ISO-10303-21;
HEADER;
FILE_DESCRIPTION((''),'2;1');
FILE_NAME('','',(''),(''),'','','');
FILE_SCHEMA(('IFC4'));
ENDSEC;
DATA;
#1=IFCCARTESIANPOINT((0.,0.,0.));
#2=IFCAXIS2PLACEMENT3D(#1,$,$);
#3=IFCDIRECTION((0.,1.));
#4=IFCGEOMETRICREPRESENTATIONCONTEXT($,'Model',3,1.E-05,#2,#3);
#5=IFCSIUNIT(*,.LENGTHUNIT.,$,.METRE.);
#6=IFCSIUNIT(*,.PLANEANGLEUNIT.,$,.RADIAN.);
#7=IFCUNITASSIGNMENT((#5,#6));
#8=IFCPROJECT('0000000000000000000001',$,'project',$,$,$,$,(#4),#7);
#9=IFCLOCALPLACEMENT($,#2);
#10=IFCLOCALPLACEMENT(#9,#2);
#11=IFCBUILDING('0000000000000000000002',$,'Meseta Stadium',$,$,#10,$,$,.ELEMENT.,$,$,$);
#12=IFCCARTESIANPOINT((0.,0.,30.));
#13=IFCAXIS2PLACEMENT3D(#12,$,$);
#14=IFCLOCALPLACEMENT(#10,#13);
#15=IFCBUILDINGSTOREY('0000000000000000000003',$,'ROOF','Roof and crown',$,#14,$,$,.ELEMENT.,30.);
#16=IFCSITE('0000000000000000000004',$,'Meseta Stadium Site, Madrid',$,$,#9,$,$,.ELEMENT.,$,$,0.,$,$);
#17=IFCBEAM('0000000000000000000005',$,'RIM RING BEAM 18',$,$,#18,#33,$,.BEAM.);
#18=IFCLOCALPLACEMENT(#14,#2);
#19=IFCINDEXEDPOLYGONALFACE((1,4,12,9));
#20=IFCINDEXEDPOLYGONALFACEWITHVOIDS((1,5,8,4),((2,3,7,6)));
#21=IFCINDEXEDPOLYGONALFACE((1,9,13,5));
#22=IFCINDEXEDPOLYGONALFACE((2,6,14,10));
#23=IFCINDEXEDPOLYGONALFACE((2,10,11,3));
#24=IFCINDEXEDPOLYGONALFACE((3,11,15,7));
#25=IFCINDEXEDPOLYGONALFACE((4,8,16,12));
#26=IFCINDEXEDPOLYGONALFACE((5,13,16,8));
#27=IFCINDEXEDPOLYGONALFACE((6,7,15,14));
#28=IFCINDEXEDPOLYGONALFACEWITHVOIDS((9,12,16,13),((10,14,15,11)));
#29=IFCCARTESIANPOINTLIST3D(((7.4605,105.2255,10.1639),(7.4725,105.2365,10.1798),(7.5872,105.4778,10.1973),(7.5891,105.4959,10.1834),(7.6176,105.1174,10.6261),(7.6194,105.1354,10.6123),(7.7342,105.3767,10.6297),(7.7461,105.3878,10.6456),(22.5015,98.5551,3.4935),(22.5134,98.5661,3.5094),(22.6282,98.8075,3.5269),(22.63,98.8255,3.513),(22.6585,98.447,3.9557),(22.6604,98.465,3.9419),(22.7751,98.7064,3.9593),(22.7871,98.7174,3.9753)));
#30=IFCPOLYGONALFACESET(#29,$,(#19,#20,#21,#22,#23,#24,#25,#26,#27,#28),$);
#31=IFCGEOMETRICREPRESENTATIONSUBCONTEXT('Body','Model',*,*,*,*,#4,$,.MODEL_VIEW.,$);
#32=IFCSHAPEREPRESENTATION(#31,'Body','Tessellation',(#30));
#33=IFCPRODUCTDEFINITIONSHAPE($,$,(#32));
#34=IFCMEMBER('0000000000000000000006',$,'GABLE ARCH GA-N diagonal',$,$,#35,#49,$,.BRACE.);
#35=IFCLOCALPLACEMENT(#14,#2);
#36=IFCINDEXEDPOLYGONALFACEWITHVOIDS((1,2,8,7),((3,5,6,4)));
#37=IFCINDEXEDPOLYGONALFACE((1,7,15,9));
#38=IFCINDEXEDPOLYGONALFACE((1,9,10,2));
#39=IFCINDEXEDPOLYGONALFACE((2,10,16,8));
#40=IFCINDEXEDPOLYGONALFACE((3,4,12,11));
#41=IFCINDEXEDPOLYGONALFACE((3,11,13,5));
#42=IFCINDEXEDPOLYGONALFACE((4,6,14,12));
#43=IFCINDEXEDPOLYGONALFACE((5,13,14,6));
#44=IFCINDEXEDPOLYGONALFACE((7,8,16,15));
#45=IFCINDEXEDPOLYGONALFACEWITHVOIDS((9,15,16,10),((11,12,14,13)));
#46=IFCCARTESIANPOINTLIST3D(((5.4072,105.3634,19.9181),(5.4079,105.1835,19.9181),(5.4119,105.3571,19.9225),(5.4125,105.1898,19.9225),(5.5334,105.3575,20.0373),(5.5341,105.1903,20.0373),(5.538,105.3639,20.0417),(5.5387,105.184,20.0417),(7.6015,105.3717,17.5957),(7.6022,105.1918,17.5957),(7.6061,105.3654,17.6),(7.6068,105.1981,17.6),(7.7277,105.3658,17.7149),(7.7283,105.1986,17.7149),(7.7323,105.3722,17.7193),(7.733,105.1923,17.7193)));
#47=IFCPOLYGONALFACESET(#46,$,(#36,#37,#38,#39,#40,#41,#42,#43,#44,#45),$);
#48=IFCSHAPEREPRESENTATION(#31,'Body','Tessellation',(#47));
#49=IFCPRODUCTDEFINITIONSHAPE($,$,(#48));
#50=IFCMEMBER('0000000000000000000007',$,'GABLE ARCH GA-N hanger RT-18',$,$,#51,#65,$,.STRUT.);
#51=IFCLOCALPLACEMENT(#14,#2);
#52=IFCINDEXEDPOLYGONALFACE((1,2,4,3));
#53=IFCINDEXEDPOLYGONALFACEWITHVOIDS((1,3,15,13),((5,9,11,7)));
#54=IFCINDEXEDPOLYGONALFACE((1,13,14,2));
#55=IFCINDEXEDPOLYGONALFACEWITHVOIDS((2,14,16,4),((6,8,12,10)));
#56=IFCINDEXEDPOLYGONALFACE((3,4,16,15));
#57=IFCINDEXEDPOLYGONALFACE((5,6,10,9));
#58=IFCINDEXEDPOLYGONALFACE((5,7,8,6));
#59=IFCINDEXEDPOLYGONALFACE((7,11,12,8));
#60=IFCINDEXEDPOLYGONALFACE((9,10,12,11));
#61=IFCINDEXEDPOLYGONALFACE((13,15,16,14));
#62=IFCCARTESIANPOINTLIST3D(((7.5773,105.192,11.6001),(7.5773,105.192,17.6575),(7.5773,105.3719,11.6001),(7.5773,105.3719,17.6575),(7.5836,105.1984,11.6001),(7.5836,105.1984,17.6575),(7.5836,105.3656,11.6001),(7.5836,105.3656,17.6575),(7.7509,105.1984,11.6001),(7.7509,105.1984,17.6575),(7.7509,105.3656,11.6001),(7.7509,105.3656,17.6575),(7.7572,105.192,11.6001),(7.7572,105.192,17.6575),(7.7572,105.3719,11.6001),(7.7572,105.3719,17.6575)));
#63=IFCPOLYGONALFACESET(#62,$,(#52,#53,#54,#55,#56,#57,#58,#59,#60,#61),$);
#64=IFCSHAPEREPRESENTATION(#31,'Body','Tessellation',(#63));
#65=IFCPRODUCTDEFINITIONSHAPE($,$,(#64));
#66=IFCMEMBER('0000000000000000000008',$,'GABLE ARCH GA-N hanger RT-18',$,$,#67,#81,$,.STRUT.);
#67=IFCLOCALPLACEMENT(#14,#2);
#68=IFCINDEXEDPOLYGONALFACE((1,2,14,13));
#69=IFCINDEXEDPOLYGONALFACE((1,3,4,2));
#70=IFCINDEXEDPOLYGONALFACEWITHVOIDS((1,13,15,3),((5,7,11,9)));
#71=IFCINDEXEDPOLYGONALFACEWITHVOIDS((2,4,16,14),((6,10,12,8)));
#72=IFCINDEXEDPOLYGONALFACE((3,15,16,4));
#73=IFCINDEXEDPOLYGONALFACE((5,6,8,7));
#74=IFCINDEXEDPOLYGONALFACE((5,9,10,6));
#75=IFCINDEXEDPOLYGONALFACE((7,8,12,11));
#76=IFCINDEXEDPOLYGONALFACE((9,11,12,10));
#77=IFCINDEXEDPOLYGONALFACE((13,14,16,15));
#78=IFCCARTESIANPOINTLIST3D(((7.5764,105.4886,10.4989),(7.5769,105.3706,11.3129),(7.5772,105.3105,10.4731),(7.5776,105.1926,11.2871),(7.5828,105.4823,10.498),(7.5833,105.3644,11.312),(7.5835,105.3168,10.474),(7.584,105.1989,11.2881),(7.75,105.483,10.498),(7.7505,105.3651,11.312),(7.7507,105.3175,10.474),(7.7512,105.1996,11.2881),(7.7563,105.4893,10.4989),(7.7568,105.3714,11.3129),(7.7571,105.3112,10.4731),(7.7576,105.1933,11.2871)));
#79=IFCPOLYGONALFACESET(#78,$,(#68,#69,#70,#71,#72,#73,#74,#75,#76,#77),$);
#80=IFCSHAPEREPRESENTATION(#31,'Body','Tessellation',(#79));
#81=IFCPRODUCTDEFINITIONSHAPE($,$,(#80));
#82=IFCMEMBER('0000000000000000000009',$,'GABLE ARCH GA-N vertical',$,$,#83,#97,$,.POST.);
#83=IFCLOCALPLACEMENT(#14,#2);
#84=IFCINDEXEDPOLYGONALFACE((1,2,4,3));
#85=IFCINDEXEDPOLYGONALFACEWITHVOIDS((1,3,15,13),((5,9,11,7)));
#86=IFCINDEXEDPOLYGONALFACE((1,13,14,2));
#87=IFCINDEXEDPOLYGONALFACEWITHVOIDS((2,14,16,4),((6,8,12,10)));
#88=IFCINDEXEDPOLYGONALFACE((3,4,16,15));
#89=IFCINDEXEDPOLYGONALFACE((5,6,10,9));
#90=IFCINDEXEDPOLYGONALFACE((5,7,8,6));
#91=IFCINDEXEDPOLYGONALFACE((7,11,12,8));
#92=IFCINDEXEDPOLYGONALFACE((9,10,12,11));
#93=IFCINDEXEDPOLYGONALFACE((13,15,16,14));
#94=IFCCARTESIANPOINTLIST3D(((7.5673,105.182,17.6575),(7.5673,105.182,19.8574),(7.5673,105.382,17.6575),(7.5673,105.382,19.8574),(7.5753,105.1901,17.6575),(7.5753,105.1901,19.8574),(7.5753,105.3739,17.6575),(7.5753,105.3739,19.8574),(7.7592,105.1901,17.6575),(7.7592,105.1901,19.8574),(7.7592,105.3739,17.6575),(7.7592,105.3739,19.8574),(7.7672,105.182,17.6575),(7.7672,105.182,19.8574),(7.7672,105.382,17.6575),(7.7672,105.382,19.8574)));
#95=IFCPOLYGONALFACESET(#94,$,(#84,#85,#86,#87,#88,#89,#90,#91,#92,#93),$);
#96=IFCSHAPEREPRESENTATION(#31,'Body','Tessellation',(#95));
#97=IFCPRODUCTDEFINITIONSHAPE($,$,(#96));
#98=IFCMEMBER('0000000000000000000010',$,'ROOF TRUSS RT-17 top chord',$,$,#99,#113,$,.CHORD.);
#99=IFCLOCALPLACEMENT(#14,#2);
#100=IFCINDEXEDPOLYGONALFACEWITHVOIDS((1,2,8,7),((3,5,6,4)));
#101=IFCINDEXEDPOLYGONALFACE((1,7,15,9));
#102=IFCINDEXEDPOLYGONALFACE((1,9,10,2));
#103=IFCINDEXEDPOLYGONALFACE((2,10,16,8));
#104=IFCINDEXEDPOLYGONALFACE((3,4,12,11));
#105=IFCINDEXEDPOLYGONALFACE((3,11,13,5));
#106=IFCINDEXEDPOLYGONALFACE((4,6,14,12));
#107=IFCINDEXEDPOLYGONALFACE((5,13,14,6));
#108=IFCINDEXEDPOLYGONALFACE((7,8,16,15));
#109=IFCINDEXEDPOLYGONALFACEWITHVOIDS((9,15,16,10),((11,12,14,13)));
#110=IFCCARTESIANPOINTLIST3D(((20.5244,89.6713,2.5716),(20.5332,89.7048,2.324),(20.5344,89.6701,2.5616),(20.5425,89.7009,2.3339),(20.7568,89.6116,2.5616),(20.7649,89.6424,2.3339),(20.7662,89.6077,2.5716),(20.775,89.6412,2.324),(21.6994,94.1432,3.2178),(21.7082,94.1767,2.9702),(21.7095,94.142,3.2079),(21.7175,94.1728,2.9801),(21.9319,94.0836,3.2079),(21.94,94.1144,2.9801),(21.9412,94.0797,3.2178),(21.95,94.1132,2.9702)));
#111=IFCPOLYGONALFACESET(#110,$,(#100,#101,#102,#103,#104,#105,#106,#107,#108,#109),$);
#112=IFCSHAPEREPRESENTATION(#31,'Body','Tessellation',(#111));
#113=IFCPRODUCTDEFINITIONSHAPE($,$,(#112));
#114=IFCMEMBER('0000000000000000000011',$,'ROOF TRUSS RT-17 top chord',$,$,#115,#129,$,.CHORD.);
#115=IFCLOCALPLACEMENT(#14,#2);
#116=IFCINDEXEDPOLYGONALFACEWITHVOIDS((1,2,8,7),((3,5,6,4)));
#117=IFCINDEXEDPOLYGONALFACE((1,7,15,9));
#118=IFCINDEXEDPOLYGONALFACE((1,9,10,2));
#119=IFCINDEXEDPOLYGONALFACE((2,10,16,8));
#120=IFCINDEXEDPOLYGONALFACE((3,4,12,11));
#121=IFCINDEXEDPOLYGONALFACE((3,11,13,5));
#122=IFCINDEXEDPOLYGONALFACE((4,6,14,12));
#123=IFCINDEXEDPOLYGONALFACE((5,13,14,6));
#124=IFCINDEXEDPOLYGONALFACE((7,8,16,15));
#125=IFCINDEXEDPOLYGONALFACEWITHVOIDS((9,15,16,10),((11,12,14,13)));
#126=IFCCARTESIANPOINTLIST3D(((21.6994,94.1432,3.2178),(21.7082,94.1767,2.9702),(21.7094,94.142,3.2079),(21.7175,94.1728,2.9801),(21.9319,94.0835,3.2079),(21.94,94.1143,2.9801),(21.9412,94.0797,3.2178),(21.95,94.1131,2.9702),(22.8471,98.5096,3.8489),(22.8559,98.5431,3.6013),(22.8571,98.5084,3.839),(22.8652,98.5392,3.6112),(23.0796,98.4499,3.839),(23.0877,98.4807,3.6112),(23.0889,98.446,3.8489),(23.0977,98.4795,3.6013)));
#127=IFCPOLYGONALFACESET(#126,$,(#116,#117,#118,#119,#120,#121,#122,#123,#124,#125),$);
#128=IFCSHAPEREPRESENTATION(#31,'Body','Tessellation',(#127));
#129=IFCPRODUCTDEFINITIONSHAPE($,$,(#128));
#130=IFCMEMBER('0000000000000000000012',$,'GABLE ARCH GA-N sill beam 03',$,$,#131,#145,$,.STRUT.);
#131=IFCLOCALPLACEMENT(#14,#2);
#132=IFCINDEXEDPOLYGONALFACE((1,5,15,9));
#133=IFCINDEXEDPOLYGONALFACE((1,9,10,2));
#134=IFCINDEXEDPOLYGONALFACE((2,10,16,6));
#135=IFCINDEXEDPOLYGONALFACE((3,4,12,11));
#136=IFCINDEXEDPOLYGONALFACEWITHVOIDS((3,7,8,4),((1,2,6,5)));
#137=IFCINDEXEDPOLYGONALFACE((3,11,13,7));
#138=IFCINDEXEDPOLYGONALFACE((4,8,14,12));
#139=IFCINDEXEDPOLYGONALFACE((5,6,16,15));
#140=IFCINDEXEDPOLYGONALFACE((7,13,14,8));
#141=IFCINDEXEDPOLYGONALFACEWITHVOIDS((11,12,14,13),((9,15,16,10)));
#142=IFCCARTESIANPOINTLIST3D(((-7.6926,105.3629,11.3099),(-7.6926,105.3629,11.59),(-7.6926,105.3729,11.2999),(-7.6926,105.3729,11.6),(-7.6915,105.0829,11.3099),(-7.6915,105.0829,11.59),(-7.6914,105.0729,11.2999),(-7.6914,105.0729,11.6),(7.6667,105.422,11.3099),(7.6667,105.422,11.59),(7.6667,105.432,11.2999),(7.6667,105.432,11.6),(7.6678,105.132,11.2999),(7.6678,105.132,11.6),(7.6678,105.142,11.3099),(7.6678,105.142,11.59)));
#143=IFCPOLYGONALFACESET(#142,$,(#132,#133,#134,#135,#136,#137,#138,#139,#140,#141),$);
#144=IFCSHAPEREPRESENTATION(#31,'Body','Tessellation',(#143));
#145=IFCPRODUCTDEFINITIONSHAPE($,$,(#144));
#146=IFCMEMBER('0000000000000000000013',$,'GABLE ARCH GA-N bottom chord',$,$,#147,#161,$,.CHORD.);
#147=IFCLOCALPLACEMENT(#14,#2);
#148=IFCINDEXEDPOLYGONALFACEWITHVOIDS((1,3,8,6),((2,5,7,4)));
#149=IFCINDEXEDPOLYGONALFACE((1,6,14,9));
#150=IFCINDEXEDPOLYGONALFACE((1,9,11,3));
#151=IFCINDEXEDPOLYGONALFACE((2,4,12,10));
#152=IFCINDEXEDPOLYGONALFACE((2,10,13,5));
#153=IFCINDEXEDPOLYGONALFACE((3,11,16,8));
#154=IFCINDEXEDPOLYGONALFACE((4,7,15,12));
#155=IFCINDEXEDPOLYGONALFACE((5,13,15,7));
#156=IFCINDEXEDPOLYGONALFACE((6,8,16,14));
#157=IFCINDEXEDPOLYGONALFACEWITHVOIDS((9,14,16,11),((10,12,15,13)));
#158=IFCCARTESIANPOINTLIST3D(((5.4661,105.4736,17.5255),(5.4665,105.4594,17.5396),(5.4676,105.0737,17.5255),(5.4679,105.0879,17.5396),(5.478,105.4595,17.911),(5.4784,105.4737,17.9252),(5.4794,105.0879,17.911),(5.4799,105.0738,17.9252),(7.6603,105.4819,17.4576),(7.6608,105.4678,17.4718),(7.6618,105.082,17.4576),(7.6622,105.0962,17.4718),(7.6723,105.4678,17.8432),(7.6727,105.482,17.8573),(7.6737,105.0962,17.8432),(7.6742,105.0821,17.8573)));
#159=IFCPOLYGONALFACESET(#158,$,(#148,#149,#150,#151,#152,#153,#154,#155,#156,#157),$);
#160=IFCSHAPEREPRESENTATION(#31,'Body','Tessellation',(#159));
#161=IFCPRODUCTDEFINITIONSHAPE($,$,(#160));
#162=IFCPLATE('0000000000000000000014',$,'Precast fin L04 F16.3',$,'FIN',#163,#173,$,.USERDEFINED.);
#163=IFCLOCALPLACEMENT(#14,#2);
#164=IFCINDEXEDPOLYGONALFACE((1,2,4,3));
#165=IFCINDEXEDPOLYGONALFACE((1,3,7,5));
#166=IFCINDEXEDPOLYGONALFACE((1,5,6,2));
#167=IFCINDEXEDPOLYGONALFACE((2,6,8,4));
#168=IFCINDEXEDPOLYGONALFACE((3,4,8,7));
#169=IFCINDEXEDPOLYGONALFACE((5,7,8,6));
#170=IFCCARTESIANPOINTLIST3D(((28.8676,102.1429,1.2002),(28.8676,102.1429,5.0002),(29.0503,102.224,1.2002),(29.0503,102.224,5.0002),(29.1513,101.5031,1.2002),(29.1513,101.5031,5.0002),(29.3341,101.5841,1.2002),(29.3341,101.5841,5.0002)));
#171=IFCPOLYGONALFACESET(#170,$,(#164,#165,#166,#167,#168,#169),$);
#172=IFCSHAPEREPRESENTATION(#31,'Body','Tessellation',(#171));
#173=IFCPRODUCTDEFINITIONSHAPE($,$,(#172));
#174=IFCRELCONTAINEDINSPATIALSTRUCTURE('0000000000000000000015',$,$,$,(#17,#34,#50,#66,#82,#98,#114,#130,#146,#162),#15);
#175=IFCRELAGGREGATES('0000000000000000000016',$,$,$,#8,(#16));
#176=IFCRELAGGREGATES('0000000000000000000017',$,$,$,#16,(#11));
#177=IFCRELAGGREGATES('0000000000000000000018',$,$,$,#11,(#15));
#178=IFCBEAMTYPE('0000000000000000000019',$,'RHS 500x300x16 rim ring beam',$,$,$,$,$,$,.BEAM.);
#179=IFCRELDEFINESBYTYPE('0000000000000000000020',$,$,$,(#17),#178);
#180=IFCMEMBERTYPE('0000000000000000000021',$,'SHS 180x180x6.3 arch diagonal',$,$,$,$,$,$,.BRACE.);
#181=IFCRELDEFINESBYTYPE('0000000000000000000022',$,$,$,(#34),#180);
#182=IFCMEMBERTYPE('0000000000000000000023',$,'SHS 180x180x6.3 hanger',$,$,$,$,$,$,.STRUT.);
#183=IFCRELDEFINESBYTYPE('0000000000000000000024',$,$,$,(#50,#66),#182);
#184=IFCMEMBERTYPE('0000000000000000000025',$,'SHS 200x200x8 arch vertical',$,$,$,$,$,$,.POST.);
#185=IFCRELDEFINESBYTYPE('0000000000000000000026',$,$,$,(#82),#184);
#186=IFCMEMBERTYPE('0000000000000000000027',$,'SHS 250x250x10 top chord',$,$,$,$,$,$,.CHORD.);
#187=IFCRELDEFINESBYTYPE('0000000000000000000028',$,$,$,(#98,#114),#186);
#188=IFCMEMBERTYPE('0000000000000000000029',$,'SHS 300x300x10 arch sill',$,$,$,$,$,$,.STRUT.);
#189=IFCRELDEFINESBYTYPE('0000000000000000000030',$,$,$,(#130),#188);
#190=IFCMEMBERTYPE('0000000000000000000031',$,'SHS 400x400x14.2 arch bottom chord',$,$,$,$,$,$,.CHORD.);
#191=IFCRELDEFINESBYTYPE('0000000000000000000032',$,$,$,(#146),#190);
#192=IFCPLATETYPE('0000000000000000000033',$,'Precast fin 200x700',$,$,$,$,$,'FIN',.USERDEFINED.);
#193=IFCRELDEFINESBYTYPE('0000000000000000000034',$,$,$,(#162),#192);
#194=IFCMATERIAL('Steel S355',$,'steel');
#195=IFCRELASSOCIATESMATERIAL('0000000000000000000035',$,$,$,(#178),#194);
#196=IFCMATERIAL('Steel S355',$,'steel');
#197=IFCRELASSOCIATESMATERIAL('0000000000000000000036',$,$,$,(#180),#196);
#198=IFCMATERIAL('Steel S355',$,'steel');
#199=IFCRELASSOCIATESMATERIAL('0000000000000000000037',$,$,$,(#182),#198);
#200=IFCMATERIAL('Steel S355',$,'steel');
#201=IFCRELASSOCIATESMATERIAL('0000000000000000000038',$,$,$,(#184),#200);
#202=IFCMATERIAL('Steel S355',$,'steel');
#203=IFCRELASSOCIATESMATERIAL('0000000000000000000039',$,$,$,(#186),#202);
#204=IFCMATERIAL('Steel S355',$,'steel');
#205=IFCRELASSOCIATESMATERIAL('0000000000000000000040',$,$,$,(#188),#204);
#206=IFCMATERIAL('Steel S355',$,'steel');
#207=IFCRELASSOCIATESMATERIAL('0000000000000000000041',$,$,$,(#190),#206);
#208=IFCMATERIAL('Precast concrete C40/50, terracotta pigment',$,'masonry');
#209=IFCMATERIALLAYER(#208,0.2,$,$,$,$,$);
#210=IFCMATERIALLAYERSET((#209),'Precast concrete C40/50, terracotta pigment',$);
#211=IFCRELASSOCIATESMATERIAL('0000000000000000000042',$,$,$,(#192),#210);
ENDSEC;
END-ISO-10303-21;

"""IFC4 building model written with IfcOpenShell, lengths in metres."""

from ifc_helpers import new_model, si_unit, direction, frame, origin, origin_2d, place, context, subcontext, project, spatial, rectangle, hollow_rectangle, extrude, material, layer, layer_set, material_profile, profile_set, type_object, element, save


model = new_model("IFC4")

# Units and contexts
model_context = context("Model", 3, precision=1e-05, world=origin(), true_north=direction((0.0, 1.0)))
body_context = subcontext(model_context, "Body", "Model", "MODEL_VIEW")
ifc_project = project(units=[si_unit("LENGTHUNIT", "METRE"), si_unit("PLANEANGLEUNIT", "RADIAN")], contexts=[model_context])

# Site, building, storey
site_placement = place(None, origin())
site = spatial("IfcSite", under=ifc_project, at=site_placement, Name="Meseta Stadium Site, Madrid", CompositionType="ELEMENT", RefElevation=0.0)
building_placement = place(site_placement, origin())
building = spatial("IfcBuilding", under=site, at=building_placement, Name="Meseta Stadium", CompositionType="ELEMENT")
storey_placement = place(building_placement, frame((0.0, 0.0, 30.0)))
storey = spatial("IfcBuildingStorey", under=building, at=storey_placement, Name="ROOF", Description="Roof and crown", CompositionType="ELEMENT", Elevation=30.0)

# Beam
ifc_material_1 = material(Name="Steel S355", Category="steel")
ifc_material_profile_1 = material_profile(ifc_material_1, hollow_rectangle(XDim=0.3, YDim=0.5, WallThickness=0.0161, at=origin_2d()), Name="RHS 500x300x16")
ifc_profile_set_1 = profile_set([ifc_material_profile_1], Name="Steel S355")
beam_type = type_object("IfcBeamType", Name="RHS 500x300x16 rim ring beam", PredefinedType="BEAM", material=ifc_profile_set_1)
beam_placement = place(storey_placement, frame((22.6443, 98.6362, 3.7344), z_axis=(-0.847168, 0.375703, 0.375703), x_axis=(-0.428529, -0.901179, -0.065106)))
element("IfcBeam", 1, at=beam_placement, inside=storey, type_object=beam_type, Name="RIM RING BEAM 18", PredefinedType="BEAM", context=body_context, shape_type="SweptSolid", body=[
    extrude(hollow_rectangle(XDim=0.3, YDim=0.5, WallThickness=0.0161, at=origin_2d()), origin(), (0.0, 0.0, 1.0), 17.7544),
])

# Members
ifc_material_2 = material(Name="Steel S355", Category="steel")
ifc_material_profile_2 = material_profile(ifc_material_2, hollow_rectangle(XDim=0.1799, YDim=0.1799, WallThickness=0.0063, at=origin_2d()), Name="SHS 180x180x6.3")
ifc_profile_set_2 = profile_set([ifc_material_profile_2], Name="Steel S355")
member_type_1 = type_object("IfcMemberType", Name="SHS 180x180x6.3 arch diagonal", PredefinedType="BRACE", material=ifc_profile_set_2)
member_1_placement = place(storey_placement, frame((7.6672, 105.282, 17.6575), z_axis=(-0.686763, -0.002598, 0.726877), x_axis=(0.003783, -0.999993, 0.0)))
element("IfcMember", 2, at=member_1_placement, inside=storey, type_object=member_type_1, Name="GABLE ARCH GA-N diagonal", PredefinedType="BRACE", context=body_context, shape_type="SweptSolid", body=[
    extrude(hollow_rectangle(XDim=0.1799, YDim=0.1799, WallThickness=0.0063, at=origin_2d()), origin(), (0.0, 0.0, 1.0), 3.1951),
])
ifc_material_3 = material(Name="Steel S355", Category="steel")
ifc_material_profile_3 = material_profile(ifc_material_3, hollow_rectangle(XDim=0.1799, YDim=0.1799, WallThickness=0.0063, at=origin_2d()), Name="SHS 180x180x6.3")
ifc_profile_set_3 = profile_set([ifc_material_profile_3], Name="Steel S355")
member_type_2 = type_object("IfcMemberType", Name="SHS 180x180x6.3 hanger", PredefinedType="STRUT", material=ifc_profile_set_3)
member_2_placement = place(storey_placement, frame((7.6672, 105.282, 17.6575), z_axis=(0.0, 0.0, -1.0), x_axis=(1.0, 0.0, 0.0)))
element("IfcMember", 3, at=member_2_placement, inside=storey, type_object=member_type_2, Name="GABLE ARCH GA-N hanger RT-18", PredefinedType="STRUT", context=body_context, shape_type="SweptSolid", body=[
    extrude(hollow_rectangle(XDim=0.1799, YDim=0.1799, WallThickness=0.0063, at=origin_2d()), origin(), (0.0, 0.0, 1.0), 6.0574),
])
member_3_placement = place(storey_placement, frame((7.6672, 105.282, 11.3), z_axis=(-0.000594, 0.143374, -0.989668), x_axis=(-0.999991, -0.004141, 0.0)))
element("IfcMember", 4, at=member_3_placement, inside=storey, type_object=member_type_2, Name="GABLE ARCH GA-N hanger RT-18", PredefinedType="STRUT", context=body_context, shape_type="SweptSolid", body=[
    extrude(hollow_rectangle(XDim=0.1799, YDim=0.1799, WallThickness=0.0063, at=origin_2d()), origin(), (0.0, 0.0, 1.0), 0.8225),
])
ifc_material_4 = material(Name="Steel S355", Category="steel")
ifc_material_profile_4 = material_profile(ifc_material_4, hollow_rectangle(XDim=0.2, YDim=0.2, WallThickness=0.0081, at=origin_2d()), Name="SHS 200x200x8")
ifc_profile_set_4 = profile_set([ifc_material_profile_4], Name="Steel S355")
member_type_3 = type_object("IfcMemberType", Name="SHS 200x200x8 arch vertical", PredefinedType="POST", material=ifc_profile_set_4)
member_4_placement = place(storey_placement, frame((7.6672, 105.282, 17.6575), z_axis=(0.0, 0.0, 1.0), x_axis=(1.0, 0.0, 0.0)))
element("IfcMember", 5, at=member_4_placement, inside=storey, type_object=member_type_3, Name="GABLE ARCH GA-N vertical", PredefinedType="POST", context=body_context, shape_type="SweptSolid", body=[
    extrude(hollow_rectangle(XDim=0.2, YDim=0.2, WallThickness=0.0081, at=origin_2d()), origin(), (0.0, 0.0, 1.0), 2.2),
])
ifc_material_5 = material(Name="Steel S355", Category="steel")
ifc_material_profile_5 = material_profile(ifc_material_5, hollow_rectangle(XDim=0.25, YDim=0.25, WallThickness=0.01, at=origin_2d()), Name="SHS 250x250x10")
ifc_profile_set_5 = profile_set([ifc_material_profile_5], Name="Steel S355")
member_type_4 = type_object("IfcMemberType", Name="SHS 250x250x10 top chord", PredefinedType="CHORD", material=ifc_profile_set_5)
member_5_placement = place(storey_placement, frame((20.6497, 89.6562, 2.4478), z_axis=(0.251688, 0.957858, 0.138421), x_axis=(-0.967169, 0.254135, 0.0)))
element("IfcMember", 6, at=member_5_placement, inside=storey, type_object=member_type_4, Name="ROOF TRUSS RT-17 top chord", PredefinedType="CHORD", context=body_context, shape_type="SweptSolid", body=[
    extrude(hollow_rectangle(XDim=0.25, YDim=0.25, WallThickness=0.01, at=origin_2d()), origin(), (0.0, 0.0, 1.0), 4.6687),
])
member_6_placement = place(storey_placement, frame((21.8247, 94.1282, 3.094), z_axis=(0.251763, 0.957836, 0.13844), x_axis=(-0.967149, 0.254211, 0.0)))
element("IfcMember", 7, at=member_6_placement, inside=storey, type_object=member_type_4, Name="ROOF TRUSS RT-17 top chord", PredefinedType="CHORD", context=body_context, shape_type="SweptSolid", body=[
    extrude(hollow_rectangle(XDim=0.25, YDim=0.25, WallThickness=0.01, at=origin_2d()), origin(), (0.0, 0.0, 1.0), 4.5586),
])
ifc_material_6 = material(Name="Steel S355", Category="steel")
ifc_material_profile_6 = material_profile(ifc_material_6, hollow_rectangle(XDim=0.3, YDim=0.3, WallThickness=0.01, at=origin_2d()), Name="SHS 300x300x10")
ifc_profile_set_6 = profile_set([ifc_material_profile_6], Name="Steel S355")
member_type_5 = type_object("IfcMemberType", Name="SHS 300x300x10 arch sill", PredefinedType="STRUT", material=ifc_profile_set_6)
member_7_placement = place(storey_placement, frame((7.6672, 105.282, 11.45), z_axis=(-0.999993, -0.003847, 0.0), x_axis=(0.003847, -0.999993, 0.0)))
element("IfcMember", 8, at=member_7_placement, inside=storey, type_object=member_type_5, Name="GABLE ARCH GA-N sill beam 03", PredefinedType="STRUT", context=body_context, shape_type="SweptSolid", body=[
    extrude(hollow_rectangle(XDim=0.3, YDim=0.3, WallThickness=0.01, at=origin_2d()), origin(), (0.0, 0.0, 1.0), 15.3594),
])
ifc_material_7 = material(Name="Steel S355", Category="steel")
ifc_material_profile_7 = material_profile(ifc_material_7, hollow_rectangle(XDim=0.3999, YDim=0.3999, WallThickness=0.0142, at=origin_2d()), Name="SHS 400x400x14.2")
ifc_profile_set_7 = profile_set([ifc_material_profile_7], Name="Steel S355")
member_type_6 = type_object("IfcMemberType", Name="SHS 400x400x14.2 arch bottom chord", PredefinedType="CHORD", material=ifc_profile_set_7)
member_8_placement = place(storey_placement, frame((7.6672, 105.282, 17.6575), z_axis=(-0.999515, -0.003781, 0.030915), x_axis=(0.003783, -0.999993, 0.0)))
element("IfcMember", 9, at=member_8_placement, inside=storey, type_object=member_type_6, Name="GABLE ARCH GA-N bottom chord", PredefinedType="CHORD", context=body_context, shape_type="SweptSolid", body=[
    extrude(hollow_rectangle(XDim=0.3999, YDim=0.3999, WallThickness=0.0142, at=origin_2d()), origin(), (0.0, 0.0, 1.0), 2.1953),
])

# Plate
ifc_material_8 = material(Name="Precast concrete C40/50, terracotta pigment", Category="masonry")
ifc_layer = layer(ifc_material_8, 0.2)
ifc_layer_set = layer_set([ifc_layer], Name="Precast concrete C40/50, terracotta pigment")
plate_type = type_object("IfcPlateType", Name="Precast fin 200x700", ElementType="FIN", PredefinedType="USERDEFINED", material=ifc_layer_set)
plate_placement = place(storey_placement, frame((29.1008, 101.8635, 1.2002), z_axis=(0.0, 0.0, 1.0), x_axis=(0.914139, 0.4054, 0.0)))
element("IfcPlate", 10, at=plate_placement, inside=storey, type_object=plate_type, Name="Precast fin L04 F16.3", ObjectType="FIN", PredefinedType="USERDEFINED", context=body_context, shape_type="SweptSolid", body=[
    extrude(rectangle(XDim=0.2, YDim=0.7, at=origin_2d()), origin(), (0.0, 0.0, 1.0), 3.8),
])

save(model, "model.ifc")
